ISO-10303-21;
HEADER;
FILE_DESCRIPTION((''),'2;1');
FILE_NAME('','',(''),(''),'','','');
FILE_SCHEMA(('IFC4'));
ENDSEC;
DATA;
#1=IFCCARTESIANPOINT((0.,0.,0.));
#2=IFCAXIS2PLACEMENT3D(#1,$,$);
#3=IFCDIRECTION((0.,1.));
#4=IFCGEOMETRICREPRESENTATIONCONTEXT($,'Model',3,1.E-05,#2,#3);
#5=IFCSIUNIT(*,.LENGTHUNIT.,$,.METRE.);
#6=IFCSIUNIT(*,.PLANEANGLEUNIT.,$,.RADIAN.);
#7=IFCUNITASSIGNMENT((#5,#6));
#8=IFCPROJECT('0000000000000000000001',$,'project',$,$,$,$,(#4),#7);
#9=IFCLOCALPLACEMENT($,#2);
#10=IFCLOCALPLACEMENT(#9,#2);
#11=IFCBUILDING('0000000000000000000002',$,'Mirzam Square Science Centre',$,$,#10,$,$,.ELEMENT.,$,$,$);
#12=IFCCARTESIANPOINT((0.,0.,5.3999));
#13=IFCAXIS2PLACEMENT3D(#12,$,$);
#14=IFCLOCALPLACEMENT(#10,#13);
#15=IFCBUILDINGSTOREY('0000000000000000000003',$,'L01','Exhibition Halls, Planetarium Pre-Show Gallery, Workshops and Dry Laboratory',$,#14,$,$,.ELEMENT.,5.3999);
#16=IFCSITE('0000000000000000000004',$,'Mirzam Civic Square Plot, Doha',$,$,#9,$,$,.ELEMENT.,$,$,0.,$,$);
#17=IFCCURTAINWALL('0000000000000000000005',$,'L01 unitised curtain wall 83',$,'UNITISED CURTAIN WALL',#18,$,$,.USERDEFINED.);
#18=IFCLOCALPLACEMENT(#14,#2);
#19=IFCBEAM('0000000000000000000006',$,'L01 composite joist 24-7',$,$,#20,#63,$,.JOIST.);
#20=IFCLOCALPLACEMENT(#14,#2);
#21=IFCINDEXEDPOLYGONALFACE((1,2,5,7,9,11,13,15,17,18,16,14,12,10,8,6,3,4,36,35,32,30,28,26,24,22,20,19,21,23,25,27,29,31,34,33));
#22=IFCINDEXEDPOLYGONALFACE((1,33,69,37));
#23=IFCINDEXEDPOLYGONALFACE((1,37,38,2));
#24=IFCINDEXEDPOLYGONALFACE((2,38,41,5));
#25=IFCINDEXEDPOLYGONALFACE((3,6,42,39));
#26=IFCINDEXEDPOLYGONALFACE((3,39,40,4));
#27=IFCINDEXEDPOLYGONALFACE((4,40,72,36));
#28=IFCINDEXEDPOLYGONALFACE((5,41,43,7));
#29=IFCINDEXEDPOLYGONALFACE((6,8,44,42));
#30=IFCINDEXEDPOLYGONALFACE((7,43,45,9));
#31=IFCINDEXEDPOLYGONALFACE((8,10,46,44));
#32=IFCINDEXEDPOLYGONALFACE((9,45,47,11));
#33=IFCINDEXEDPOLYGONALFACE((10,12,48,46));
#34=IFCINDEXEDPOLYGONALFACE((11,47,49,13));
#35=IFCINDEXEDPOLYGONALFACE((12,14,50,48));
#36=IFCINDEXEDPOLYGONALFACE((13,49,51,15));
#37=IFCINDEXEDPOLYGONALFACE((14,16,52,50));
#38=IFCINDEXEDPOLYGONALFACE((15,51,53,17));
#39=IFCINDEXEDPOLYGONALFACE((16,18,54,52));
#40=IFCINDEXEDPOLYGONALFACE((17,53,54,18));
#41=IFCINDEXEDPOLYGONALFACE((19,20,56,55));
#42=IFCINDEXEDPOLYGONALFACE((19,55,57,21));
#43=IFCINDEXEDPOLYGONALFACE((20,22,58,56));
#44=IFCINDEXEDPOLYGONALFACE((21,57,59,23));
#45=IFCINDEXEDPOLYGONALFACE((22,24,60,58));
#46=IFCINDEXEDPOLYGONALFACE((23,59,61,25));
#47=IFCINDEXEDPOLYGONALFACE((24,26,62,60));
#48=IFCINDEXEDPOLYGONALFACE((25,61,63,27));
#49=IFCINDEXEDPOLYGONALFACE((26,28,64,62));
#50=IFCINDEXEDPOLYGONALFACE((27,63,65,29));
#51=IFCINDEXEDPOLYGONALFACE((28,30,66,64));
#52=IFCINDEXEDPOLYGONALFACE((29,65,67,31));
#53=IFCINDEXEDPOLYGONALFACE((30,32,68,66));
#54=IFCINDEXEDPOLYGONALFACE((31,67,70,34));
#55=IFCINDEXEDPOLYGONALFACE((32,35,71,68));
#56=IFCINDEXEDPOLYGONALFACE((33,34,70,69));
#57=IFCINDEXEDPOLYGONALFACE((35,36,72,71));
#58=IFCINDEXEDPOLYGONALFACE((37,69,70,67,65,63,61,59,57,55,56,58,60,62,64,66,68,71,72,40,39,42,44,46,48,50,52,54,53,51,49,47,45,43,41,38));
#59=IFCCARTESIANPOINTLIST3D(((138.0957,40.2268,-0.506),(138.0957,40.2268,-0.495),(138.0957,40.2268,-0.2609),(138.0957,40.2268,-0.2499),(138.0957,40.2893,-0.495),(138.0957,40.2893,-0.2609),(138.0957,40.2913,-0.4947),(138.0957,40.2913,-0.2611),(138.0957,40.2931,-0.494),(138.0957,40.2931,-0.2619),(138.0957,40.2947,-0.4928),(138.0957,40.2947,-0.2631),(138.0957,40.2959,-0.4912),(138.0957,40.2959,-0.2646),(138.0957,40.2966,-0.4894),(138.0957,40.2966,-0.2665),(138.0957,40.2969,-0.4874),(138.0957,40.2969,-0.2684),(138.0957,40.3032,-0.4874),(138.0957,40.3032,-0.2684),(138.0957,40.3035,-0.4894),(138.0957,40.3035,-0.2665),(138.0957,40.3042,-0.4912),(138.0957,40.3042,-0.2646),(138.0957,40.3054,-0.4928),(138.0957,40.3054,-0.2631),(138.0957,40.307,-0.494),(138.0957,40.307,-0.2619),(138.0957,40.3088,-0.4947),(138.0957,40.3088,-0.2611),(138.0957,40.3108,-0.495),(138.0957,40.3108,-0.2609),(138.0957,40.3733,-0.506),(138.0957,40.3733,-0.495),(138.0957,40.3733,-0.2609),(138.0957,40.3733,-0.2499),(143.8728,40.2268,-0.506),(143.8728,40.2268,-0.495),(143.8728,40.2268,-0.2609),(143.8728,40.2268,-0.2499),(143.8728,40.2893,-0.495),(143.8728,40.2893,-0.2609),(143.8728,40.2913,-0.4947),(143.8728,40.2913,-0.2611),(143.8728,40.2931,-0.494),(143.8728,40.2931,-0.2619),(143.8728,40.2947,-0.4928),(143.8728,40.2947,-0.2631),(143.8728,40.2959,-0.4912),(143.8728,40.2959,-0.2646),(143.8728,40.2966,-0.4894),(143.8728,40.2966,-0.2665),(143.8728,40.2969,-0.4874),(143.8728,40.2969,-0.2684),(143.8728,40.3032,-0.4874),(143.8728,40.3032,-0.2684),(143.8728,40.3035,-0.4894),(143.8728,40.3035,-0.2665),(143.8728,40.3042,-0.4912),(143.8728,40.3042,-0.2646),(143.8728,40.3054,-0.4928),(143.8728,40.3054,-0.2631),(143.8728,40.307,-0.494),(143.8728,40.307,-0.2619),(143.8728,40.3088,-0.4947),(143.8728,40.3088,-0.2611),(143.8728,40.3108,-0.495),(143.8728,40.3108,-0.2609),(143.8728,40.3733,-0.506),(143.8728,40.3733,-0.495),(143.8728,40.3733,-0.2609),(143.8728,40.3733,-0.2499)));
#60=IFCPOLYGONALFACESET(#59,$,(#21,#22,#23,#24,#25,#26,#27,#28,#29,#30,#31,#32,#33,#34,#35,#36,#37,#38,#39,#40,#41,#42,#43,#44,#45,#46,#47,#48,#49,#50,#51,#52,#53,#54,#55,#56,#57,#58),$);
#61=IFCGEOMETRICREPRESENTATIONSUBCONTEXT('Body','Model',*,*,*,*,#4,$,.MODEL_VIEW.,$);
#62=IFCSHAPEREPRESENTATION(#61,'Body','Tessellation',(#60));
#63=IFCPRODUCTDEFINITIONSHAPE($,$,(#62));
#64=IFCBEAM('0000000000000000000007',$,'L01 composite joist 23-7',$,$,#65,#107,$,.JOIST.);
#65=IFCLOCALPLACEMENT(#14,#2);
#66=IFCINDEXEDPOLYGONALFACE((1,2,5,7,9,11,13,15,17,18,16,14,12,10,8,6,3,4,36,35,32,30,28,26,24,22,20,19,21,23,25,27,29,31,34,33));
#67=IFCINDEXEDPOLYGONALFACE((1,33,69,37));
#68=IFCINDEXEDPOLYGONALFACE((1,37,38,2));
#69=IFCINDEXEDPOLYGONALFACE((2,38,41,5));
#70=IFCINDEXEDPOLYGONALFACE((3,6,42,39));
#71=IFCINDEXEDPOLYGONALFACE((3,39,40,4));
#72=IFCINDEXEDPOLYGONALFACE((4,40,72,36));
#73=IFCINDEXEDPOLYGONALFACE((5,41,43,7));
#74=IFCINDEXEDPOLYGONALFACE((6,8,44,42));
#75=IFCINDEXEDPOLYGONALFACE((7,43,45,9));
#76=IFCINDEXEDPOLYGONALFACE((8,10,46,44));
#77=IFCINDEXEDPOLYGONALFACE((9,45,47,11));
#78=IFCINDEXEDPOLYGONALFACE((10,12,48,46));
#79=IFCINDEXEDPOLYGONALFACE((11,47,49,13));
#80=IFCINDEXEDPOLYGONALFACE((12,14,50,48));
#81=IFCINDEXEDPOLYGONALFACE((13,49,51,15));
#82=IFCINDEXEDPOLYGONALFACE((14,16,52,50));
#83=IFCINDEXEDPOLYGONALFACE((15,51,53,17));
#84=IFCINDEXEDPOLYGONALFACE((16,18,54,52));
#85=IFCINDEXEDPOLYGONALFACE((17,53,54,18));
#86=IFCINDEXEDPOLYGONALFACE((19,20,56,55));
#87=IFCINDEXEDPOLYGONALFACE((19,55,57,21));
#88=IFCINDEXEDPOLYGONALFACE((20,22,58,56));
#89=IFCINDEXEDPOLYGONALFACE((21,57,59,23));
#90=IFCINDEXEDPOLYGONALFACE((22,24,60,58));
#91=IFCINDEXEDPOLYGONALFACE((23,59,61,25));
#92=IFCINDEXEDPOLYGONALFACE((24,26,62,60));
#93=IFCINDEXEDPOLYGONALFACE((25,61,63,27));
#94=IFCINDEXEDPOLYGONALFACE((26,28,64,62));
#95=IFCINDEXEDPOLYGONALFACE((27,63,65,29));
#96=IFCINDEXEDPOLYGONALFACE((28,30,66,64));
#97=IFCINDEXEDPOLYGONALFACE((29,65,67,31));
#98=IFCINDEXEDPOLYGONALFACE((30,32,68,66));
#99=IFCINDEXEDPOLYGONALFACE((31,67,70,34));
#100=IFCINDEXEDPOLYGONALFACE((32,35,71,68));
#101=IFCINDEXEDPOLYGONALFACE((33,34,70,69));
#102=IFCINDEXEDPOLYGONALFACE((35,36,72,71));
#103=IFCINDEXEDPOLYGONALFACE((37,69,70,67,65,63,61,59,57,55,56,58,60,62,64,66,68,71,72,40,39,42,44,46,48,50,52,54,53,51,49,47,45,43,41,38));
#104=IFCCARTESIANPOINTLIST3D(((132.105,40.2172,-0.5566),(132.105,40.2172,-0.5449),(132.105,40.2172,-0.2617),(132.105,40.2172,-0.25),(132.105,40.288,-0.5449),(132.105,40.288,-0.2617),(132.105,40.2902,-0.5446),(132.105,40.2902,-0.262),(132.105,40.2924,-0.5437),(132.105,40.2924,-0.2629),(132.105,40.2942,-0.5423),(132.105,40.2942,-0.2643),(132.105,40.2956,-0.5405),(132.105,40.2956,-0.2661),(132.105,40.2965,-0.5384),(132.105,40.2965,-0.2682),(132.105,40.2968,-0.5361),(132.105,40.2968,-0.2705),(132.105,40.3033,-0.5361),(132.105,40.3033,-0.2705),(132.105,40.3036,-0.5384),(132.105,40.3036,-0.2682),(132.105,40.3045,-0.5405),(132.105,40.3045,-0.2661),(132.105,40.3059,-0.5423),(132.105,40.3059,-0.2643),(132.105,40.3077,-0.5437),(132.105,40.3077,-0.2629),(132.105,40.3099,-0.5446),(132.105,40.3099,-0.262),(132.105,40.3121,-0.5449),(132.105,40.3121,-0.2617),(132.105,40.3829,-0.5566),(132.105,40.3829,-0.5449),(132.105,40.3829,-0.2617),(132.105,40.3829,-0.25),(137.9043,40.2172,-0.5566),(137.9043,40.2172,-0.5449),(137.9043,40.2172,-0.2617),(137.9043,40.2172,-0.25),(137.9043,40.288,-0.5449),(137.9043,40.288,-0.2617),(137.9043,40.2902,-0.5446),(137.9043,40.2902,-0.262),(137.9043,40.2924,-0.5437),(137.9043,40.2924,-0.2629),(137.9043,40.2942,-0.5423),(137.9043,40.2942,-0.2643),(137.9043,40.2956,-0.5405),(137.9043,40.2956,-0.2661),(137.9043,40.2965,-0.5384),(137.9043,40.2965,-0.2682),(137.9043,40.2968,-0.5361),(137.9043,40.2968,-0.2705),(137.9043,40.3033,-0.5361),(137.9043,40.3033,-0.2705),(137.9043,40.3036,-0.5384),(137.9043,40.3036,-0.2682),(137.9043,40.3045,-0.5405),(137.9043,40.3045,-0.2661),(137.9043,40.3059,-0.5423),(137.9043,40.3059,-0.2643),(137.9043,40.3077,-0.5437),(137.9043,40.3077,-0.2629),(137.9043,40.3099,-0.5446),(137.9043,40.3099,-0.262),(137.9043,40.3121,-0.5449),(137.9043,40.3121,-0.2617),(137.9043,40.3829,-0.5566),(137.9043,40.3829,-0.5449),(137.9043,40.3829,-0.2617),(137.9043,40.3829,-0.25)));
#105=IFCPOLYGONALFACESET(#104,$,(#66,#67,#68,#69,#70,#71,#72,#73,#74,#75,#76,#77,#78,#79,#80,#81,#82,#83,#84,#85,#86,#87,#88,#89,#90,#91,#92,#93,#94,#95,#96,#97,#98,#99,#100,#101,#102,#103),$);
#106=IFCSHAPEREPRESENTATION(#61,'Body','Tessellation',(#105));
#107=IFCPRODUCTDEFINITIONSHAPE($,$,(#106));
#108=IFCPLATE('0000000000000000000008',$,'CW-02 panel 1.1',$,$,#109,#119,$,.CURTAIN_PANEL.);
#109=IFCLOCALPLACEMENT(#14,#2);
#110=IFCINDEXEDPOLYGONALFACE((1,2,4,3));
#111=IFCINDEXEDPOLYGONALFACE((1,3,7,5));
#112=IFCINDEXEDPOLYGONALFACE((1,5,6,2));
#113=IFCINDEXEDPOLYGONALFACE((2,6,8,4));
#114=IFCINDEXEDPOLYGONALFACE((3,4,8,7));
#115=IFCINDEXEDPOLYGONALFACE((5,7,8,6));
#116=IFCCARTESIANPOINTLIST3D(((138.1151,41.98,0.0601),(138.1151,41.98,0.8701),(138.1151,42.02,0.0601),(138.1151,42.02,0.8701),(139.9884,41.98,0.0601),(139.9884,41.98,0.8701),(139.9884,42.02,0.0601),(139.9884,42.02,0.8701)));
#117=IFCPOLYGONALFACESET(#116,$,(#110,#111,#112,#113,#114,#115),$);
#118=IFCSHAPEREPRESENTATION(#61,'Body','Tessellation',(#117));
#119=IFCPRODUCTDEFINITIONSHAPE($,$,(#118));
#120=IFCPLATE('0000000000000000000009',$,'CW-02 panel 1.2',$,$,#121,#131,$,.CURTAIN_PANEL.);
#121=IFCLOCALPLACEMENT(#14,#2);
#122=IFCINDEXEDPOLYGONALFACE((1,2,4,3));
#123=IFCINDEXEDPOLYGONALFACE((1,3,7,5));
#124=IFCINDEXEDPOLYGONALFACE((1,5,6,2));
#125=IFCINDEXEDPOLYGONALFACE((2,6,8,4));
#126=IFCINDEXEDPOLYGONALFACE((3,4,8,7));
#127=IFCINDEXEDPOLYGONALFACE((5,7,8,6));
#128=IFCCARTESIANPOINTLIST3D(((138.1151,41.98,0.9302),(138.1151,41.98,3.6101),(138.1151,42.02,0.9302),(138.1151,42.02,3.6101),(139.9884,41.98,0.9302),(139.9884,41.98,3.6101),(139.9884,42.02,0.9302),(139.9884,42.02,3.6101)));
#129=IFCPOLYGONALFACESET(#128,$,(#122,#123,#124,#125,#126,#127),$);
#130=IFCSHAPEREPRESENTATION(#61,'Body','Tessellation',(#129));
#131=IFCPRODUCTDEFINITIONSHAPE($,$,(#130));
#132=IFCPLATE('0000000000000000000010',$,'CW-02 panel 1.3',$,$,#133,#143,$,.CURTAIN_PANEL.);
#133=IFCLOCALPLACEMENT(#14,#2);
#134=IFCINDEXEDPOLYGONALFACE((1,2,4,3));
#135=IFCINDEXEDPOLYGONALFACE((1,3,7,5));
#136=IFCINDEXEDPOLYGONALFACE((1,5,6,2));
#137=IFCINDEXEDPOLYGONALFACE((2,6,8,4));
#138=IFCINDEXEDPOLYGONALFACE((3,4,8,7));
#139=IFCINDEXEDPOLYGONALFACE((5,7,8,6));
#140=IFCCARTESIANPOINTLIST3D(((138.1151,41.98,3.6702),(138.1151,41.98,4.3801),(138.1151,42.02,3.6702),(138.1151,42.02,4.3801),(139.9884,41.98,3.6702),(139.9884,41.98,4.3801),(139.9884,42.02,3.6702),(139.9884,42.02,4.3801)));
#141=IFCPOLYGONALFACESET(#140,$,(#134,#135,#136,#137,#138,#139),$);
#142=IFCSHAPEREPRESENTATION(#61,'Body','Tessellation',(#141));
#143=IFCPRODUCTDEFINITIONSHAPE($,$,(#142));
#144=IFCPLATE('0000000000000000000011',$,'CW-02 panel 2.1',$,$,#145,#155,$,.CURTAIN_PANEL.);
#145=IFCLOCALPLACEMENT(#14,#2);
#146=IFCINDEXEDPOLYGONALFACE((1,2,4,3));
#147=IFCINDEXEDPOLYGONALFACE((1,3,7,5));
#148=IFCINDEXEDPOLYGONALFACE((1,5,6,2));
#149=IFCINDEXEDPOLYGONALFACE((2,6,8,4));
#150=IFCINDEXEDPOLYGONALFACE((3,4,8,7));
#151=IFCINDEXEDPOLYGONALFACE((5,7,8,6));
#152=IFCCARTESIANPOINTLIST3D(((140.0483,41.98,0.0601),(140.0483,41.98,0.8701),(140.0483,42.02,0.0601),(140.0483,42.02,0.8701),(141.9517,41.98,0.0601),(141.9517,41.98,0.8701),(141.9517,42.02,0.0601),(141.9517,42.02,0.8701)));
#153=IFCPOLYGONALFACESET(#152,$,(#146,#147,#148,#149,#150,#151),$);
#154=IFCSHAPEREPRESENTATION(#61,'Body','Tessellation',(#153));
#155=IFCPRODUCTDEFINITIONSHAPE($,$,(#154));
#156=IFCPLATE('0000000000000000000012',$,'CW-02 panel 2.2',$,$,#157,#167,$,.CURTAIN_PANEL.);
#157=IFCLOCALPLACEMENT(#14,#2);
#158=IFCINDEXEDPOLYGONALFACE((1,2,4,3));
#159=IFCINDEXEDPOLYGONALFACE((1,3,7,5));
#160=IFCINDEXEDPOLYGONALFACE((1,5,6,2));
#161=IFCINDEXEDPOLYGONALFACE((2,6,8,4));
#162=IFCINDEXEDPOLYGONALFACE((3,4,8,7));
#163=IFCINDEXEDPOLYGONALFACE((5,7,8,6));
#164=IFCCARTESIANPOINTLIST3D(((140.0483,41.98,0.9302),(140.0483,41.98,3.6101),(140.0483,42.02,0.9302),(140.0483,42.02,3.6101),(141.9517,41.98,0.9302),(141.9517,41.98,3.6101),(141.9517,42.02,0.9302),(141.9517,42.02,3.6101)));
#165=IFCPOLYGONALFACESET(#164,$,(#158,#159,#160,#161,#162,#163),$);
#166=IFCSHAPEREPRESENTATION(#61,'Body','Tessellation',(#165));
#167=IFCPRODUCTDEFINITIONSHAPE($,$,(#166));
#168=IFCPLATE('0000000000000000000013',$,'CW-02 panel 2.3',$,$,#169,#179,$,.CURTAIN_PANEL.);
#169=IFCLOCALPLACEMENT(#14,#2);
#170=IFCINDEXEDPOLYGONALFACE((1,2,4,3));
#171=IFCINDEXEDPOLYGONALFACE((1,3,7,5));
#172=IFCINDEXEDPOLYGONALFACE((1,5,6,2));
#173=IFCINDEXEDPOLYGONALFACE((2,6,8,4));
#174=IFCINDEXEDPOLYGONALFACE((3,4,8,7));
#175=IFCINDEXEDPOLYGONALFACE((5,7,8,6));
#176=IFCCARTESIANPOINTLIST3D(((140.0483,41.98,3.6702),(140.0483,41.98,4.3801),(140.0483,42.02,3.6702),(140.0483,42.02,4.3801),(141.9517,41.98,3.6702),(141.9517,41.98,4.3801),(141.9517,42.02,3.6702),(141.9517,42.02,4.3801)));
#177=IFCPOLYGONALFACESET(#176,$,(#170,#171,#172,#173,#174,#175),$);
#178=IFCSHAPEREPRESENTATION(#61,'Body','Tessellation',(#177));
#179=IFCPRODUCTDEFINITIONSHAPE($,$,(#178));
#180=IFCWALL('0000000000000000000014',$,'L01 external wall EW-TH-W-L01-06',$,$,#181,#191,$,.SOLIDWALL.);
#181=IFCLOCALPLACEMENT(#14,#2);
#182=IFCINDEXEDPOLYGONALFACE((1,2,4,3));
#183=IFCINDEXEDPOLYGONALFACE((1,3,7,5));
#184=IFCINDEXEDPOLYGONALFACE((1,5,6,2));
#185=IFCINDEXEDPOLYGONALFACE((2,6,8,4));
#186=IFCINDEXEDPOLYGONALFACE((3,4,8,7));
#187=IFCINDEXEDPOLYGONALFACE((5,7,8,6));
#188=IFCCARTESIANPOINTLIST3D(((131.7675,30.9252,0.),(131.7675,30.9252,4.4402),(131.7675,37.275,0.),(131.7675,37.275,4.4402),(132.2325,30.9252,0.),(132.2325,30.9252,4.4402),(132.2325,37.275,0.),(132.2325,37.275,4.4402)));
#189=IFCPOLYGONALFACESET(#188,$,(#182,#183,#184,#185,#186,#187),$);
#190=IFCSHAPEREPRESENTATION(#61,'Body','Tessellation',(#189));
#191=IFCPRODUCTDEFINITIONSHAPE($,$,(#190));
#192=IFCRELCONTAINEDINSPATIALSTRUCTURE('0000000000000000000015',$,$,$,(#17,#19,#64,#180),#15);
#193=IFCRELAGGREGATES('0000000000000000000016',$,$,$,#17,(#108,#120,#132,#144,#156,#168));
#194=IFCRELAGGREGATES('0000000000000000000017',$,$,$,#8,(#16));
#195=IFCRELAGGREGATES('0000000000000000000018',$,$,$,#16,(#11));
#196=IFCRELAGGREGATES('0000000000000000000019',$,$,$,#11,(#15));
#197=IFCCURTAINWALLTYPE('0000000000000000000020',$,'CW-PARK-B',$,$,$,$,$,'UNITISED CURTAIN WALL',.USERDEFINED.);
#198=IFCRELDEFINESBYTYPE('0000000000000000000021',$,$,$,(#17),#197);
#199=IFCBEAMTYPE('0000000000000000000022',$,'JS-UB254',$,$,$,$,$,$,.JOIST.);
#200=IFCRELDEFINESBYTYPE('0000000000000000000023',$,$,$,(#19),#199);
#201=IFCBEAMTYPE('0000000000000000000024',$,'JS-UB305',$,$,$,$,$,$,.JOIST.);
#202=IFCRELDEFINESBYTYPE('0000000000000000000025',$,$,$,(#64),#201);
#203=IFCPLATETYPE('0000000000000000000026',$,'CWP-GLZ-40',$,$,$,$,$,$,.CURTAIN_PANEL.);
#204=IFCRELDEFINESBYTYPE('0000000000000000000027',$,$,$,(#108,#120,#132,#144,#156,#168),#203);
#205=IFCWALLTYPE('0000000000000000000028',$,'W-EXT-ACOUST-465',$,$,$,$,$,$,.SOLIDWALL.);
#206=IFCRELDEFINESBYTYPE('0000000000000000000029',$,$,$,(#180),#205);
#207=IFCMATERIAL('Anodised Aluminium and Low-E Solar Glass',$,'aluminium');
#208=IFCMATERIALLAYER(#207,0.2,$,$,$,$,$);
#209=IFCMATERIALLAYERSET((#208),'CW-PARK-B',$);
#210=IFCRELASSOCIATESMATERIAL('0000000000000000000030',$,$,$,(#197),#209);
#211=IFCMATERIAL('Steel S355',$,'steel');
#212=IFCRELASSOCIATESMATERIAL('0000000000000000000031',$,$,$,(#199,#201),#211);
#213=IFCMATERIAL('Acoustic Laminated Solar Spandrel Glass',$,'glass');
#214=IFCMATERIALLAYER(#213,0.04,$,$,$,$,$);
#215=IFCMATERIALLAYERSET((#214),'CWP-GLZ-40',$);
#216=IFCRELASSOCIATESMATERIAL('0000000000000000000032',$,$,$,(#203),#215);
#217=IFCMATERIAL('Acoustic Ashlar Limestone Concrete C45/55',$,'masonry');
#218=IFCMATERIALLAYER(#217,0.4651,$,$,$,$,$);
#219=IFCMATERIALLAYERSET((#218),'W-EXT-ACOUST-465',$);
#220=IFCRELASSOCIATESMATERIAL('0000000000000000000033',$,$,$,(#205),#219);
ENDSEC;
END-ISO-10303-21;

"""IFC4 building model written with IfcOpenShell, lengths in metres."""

from ifc_helpers import new_model, si_unit, direction, frame, frame_2d, origin, origin_2d, place, context, subcontext, project, spatial, rectangle, i_section, extrude, material, layer, layer_set, material_profile, profile_set, type_object, element, aggregate, save


model = new_model("IFC4")

# Units and contexts
model_context = context("Model", 3, precision=1e-05, world=origin(), true_north=direction((0.0, 1.0)))
body_context = subcontext(model_context, "Body", "Model", "MODEL_VIEW")
ifc_project = project(units=[si_unit("LENGTHUNIT", "METRE"), si_unit("PLANEANGLEUNIT", "RADIAN")], contexts=[model_context])

# Site, building, storey
site_placement = place(None, origin())
site = spatial("IfcSite", under=ifc_project, at=site_placement, Name="Mirzam Civic Square Plot, Doha", CompositionType="ELEMENT", RefElevation=0.0)
building_placement = place(site_placement, origin())
building = spatial("IfcBuilding", under=site, at=building_placement, Name="Mirzam Square Science Centre", CompositionType="ELEMENT")
storey_placement = place(building_placement, frame((0.0, 0.0, 5.3999)))
storey = spatial("IfcBuildingStorey", under=building, at=storey_placement, Name="L01", Description="Exhibition Halls, Planetarium Pre-Show Gallery, Workshops and Dry Laboratory", CompositionType="ELEMENT", Elevation=5.3999)

# Shared definitions
ifc_material_1 = material(Name="Steel S355", Category="steel")

# Curtain wall
ifc_material_2 = material(Name="Anodised Aluminium and Low-E Solar Glass", Category="aluminium")
ifc_layer_1 = layer(ifc_material_2, 0.2)
ifc_layer_set_1 = layer_set([ifc_layer_1], Name="CW-PARK-B")
curtain_wall_type = type_object("IfcCurtainWallType", Name="CW-PARK-B", ElementType="UNITISED CURTAIN WALL", PredefinedType="USERDEFINED", material=ifc_layer_set_1)
curtain_wall_placement = place(storey_placement, origin())
curtain_wall = element("IfcCurtainWall", 1, at=curtain_wall_placement, inside=storey, type_object=curtain_wall_type, Name="L01 unitised curtain wall 83", ObjectType="UNITISED CURTAIN WALL", PredefinedType="USERDEFINED")

# Beams
ifc_material_profile_1 = material_profile(ifc_material_1, i_section(OverallWidth=0.1465, OverallDepth=0.2561, WebThickness=0.0063, FlangeThickness=0.011, FilletRadius=0.0076, at=origin_2d()), Name="254x146x37UB")
ifc_profile_set_1 = profile_set([ifc_material_profile_1], Name="Steel S355")
beam_type_1 = type_object("IfcBeamType", Name="JS-UB254", PredefinedType="JOIST", material=ifc_profile_set_1)
beam_1_placement = place(storey_placement, frame((138.0957, 40.3, -0.3779), z_axis=(1.0, 0.0, 0.0), x_axis=(0.0, 1.0, 0.0)))
element("IfcBeam", 2, at=beam_1_placement, inside=storey, type_object=beam_type_1, Name="L01 composite joist 24-7", PredefinedType="JOIST", context=body_context, shape_type="SweptSolid", body=[
    extrude(i_section(OverallWidth=0.1465, OverallDepth=0.2561, WebThickness=0.0063, FlangeThickness=0.011, FilletRadius=0.0076, at=origin_2d()), origin(), (0.0, 0.0, 1.0), 5.7771),
])
ifc_material_profile_2 = material_profile(ifc_material_1, i_section(OverallWidth=0.1658, OverallDepth=0.3066, WebThickness=0.0066, FlangeThickness=0.0117, FilletRadius=0.0088, at=origin_2d()), Name="305x165x46UB")
ifc_profile_set_2 = profile_set([ifc_material_profile_2], Name="Steel S355")
beam_type_2 = type_object("IfcBeamType", Name="JS-UB305", PredefinedType="JOIST", material=ifc_profile_set_2)
beam_2_placement = place(storey_placement, frame((132.105, 40.3, -0.4033), z_axis=(1.0, 0.0, 0.0), x_axis=(0.0, 1.0, 0.0)))
element("IfcBeam", 3, at=beam_2_placement, inside=storey, type_object=beam_type_2, Name="L01 composite joist 23-7", PredefinedType="JOIST", context=body_context, shape_type="SweptSolid", body=[
    extrude(i_section(OverallWidth=0.1658, OverallDepth=0.3066, WebThickness=0.0066, FlangeThickness=0.0117, FilletRadius=0.0088, at=origin_2d()), origin(), (0.0, 0.0, 1.0), 5.7993),
])

# Plates
ifc_material_3 = material(Name="Acoustic Laminated Solar Spandrel Glass", Category="glass")
ifc_layer_2 = layer(ifc_material_3, 0.04)
ifc_layer_set_2 = layer_set([ifc_layer_2], Name="CWP-GLZ-40")
plate_type = type_object("IfcPlateType", Name="CWP-GLZ-40", PredefinedType="CURTAIN_PANEL", material=ifc_layer_set_2)
plate_1_placement = place(storey_placement, frame((139.0518, 42.0, 0.0601), z_axis=(0.0, 0.0, 1.0), x_axis=(1.0, 0.0, 0.0)))
plate_1 = element("IfcPlate", 4, at=plate_1_placement, type_object=plate_type, Name="CW-02 panel 1.1", PredefinedType="CURTAIN_PANEL", context=body_context, shape_type="SweptSolid", body=[
    extrude(rectangle(XDim=1.8733, YDim=0.04, at=origin_2d()), origin(), (0.0, 0.0, 1.0), 0.8101),
])
plate_2_placement = place(storey_placement, frame((139.0518, 42.0, 0.9302), z_axis=(0.0, 0.0, 1.0), x_axis=(1.0, 0.0, 0.0)))
plate_2 = element("IfcPlate", 5, at=plate_2_placement, type_object=plate_type, Name="CW-02 panel 1.2", PredefinedType="CURTAIN_PANEL", context=body_context, shape_type="SweptSolid", body=[
    extrude(rectangle(XDim=1.8733, YDim=0.04, at=origin_2d()), origin(), (0.0, 0.0, 1.0), 2.6799),
])
plate_3_placement = place(storey_placement, frame((139.0518, 42.0, 3.6702), z_axis=(0.0, 0.0, 1.0), x_axis=(1.0, 0.0, 0.0)))
plate_3 = element("IfcPlate", 6, at=plate_3_placement, type_object=plate_type, Name="CW-02 panel 1.3", PredefinedType="CURTAIN_PANEL", context=body_context, shape_type="SweptSolid", body=[
    extrude(rectangle(XDim=1.8733, YDim=0.04, at=origin_2d()), origin(), (0.0, 0.0, 1.0), 0.71),
])
plate_4_placement = place(storey_placement, frame((141.0, 42.0, 0.0601), z_axis=(0.0, 0.0, 1.0), x_axis=(1.0, 0.0, 0.0)))
plate_4 = element("IfcPlate", 7, at=plate_4_placement, type_object=plate_type, Name="CW-02 panel 2.1", PredefinedType="CURTAIN_PANEL", context=body_context, shape_type="SweptSolid", body=[
    extrude(rectangle(XDim=1.9033, YDim=0.04, at=origin_2d()), origin(), (0.0, 0.0, 1.0), 0.8101),
])
plate_5_placement = place(storey_placement, frame((141.0, 42.0, 0.9302), z_axis=(0.0, 0.0, 1.0), x_axis=(1.0, 0.0, 0.0)))
plate_5 = element("IfcPlate", 8, at=plate_5_placement, type_object=plate_type, Name="CW-02 panel 2.2", PredefinedType="CURTAIN_PANEL", context=body_context, shape_type="SweptSolid", body=[
    extrude(rectangle(XDim=1.9033, YDim=0.04, at=origin_2d()), origin(), (0.0, 0.0, 1.0), 2.6799),
])
plate_6_placement = place(storey_placement, frame((141.0, 42.0, 3.6702), z_axis=(0.0, 0.0, 1.0), x_axis=(1.0, 0.0, 0.0)))
plate_6 = element("IfcPlate", 9, at=plate_6_placement, type_object=plate_type, Name="CW-02 panel 2.3", PredefinedType="CURTAIN_PANEL", context=body_context, shape_type="SweptSolid", body=[
    extrude(rectangle(XDim=1.9033, YDim=0.04, at=origin_2d()), origin(), (0.0, 0.0, 1.0), 0.71),
])
aggregate(curtain_wall, [plate_1, plate_2, plate_3, plate_4, plate_5, plate_6])

# Wall
ifc_material_4 = material(Name="Acoustic Ashlar Limestone Concrete C45/55", Category="masonry")
ifc_layer_3 = layer(ifc_material_4, 0.4651)
ifc_layer_set_3 = layer_set([ifc_layer_3], Name="W-EXT-ACOUST-465")
wall_type = type_object("IfcWallType", Name="W-EXT-ACOUST-465", PredefinedType="SOLIDWALL", material=ifc_layer_set_3)
wall_1_placement = place(storey_placement, frame((132.0, 37.2749, 0.0), z_axis=(0.0, 0.0, 1.0), x_axis=(0.0, -1.0, 0.0)))
element("IfcWall", 10, at=wall_1_placement, inside=storey, type_object=wall_type, Name="L01 external wall EW-TH-W-L01-06", PredefinedType="SOLIDWALL", context=body_context, shape_type="SweptSolid", body=[
    extrude(rectangle(XDim=6.3499, YDim=0.4651, at=frame_2d((3.1748, 0.0))), origin(), (0.0, 0.0, 1.0), 4.4402),
])

save(model, "model.ifc")
